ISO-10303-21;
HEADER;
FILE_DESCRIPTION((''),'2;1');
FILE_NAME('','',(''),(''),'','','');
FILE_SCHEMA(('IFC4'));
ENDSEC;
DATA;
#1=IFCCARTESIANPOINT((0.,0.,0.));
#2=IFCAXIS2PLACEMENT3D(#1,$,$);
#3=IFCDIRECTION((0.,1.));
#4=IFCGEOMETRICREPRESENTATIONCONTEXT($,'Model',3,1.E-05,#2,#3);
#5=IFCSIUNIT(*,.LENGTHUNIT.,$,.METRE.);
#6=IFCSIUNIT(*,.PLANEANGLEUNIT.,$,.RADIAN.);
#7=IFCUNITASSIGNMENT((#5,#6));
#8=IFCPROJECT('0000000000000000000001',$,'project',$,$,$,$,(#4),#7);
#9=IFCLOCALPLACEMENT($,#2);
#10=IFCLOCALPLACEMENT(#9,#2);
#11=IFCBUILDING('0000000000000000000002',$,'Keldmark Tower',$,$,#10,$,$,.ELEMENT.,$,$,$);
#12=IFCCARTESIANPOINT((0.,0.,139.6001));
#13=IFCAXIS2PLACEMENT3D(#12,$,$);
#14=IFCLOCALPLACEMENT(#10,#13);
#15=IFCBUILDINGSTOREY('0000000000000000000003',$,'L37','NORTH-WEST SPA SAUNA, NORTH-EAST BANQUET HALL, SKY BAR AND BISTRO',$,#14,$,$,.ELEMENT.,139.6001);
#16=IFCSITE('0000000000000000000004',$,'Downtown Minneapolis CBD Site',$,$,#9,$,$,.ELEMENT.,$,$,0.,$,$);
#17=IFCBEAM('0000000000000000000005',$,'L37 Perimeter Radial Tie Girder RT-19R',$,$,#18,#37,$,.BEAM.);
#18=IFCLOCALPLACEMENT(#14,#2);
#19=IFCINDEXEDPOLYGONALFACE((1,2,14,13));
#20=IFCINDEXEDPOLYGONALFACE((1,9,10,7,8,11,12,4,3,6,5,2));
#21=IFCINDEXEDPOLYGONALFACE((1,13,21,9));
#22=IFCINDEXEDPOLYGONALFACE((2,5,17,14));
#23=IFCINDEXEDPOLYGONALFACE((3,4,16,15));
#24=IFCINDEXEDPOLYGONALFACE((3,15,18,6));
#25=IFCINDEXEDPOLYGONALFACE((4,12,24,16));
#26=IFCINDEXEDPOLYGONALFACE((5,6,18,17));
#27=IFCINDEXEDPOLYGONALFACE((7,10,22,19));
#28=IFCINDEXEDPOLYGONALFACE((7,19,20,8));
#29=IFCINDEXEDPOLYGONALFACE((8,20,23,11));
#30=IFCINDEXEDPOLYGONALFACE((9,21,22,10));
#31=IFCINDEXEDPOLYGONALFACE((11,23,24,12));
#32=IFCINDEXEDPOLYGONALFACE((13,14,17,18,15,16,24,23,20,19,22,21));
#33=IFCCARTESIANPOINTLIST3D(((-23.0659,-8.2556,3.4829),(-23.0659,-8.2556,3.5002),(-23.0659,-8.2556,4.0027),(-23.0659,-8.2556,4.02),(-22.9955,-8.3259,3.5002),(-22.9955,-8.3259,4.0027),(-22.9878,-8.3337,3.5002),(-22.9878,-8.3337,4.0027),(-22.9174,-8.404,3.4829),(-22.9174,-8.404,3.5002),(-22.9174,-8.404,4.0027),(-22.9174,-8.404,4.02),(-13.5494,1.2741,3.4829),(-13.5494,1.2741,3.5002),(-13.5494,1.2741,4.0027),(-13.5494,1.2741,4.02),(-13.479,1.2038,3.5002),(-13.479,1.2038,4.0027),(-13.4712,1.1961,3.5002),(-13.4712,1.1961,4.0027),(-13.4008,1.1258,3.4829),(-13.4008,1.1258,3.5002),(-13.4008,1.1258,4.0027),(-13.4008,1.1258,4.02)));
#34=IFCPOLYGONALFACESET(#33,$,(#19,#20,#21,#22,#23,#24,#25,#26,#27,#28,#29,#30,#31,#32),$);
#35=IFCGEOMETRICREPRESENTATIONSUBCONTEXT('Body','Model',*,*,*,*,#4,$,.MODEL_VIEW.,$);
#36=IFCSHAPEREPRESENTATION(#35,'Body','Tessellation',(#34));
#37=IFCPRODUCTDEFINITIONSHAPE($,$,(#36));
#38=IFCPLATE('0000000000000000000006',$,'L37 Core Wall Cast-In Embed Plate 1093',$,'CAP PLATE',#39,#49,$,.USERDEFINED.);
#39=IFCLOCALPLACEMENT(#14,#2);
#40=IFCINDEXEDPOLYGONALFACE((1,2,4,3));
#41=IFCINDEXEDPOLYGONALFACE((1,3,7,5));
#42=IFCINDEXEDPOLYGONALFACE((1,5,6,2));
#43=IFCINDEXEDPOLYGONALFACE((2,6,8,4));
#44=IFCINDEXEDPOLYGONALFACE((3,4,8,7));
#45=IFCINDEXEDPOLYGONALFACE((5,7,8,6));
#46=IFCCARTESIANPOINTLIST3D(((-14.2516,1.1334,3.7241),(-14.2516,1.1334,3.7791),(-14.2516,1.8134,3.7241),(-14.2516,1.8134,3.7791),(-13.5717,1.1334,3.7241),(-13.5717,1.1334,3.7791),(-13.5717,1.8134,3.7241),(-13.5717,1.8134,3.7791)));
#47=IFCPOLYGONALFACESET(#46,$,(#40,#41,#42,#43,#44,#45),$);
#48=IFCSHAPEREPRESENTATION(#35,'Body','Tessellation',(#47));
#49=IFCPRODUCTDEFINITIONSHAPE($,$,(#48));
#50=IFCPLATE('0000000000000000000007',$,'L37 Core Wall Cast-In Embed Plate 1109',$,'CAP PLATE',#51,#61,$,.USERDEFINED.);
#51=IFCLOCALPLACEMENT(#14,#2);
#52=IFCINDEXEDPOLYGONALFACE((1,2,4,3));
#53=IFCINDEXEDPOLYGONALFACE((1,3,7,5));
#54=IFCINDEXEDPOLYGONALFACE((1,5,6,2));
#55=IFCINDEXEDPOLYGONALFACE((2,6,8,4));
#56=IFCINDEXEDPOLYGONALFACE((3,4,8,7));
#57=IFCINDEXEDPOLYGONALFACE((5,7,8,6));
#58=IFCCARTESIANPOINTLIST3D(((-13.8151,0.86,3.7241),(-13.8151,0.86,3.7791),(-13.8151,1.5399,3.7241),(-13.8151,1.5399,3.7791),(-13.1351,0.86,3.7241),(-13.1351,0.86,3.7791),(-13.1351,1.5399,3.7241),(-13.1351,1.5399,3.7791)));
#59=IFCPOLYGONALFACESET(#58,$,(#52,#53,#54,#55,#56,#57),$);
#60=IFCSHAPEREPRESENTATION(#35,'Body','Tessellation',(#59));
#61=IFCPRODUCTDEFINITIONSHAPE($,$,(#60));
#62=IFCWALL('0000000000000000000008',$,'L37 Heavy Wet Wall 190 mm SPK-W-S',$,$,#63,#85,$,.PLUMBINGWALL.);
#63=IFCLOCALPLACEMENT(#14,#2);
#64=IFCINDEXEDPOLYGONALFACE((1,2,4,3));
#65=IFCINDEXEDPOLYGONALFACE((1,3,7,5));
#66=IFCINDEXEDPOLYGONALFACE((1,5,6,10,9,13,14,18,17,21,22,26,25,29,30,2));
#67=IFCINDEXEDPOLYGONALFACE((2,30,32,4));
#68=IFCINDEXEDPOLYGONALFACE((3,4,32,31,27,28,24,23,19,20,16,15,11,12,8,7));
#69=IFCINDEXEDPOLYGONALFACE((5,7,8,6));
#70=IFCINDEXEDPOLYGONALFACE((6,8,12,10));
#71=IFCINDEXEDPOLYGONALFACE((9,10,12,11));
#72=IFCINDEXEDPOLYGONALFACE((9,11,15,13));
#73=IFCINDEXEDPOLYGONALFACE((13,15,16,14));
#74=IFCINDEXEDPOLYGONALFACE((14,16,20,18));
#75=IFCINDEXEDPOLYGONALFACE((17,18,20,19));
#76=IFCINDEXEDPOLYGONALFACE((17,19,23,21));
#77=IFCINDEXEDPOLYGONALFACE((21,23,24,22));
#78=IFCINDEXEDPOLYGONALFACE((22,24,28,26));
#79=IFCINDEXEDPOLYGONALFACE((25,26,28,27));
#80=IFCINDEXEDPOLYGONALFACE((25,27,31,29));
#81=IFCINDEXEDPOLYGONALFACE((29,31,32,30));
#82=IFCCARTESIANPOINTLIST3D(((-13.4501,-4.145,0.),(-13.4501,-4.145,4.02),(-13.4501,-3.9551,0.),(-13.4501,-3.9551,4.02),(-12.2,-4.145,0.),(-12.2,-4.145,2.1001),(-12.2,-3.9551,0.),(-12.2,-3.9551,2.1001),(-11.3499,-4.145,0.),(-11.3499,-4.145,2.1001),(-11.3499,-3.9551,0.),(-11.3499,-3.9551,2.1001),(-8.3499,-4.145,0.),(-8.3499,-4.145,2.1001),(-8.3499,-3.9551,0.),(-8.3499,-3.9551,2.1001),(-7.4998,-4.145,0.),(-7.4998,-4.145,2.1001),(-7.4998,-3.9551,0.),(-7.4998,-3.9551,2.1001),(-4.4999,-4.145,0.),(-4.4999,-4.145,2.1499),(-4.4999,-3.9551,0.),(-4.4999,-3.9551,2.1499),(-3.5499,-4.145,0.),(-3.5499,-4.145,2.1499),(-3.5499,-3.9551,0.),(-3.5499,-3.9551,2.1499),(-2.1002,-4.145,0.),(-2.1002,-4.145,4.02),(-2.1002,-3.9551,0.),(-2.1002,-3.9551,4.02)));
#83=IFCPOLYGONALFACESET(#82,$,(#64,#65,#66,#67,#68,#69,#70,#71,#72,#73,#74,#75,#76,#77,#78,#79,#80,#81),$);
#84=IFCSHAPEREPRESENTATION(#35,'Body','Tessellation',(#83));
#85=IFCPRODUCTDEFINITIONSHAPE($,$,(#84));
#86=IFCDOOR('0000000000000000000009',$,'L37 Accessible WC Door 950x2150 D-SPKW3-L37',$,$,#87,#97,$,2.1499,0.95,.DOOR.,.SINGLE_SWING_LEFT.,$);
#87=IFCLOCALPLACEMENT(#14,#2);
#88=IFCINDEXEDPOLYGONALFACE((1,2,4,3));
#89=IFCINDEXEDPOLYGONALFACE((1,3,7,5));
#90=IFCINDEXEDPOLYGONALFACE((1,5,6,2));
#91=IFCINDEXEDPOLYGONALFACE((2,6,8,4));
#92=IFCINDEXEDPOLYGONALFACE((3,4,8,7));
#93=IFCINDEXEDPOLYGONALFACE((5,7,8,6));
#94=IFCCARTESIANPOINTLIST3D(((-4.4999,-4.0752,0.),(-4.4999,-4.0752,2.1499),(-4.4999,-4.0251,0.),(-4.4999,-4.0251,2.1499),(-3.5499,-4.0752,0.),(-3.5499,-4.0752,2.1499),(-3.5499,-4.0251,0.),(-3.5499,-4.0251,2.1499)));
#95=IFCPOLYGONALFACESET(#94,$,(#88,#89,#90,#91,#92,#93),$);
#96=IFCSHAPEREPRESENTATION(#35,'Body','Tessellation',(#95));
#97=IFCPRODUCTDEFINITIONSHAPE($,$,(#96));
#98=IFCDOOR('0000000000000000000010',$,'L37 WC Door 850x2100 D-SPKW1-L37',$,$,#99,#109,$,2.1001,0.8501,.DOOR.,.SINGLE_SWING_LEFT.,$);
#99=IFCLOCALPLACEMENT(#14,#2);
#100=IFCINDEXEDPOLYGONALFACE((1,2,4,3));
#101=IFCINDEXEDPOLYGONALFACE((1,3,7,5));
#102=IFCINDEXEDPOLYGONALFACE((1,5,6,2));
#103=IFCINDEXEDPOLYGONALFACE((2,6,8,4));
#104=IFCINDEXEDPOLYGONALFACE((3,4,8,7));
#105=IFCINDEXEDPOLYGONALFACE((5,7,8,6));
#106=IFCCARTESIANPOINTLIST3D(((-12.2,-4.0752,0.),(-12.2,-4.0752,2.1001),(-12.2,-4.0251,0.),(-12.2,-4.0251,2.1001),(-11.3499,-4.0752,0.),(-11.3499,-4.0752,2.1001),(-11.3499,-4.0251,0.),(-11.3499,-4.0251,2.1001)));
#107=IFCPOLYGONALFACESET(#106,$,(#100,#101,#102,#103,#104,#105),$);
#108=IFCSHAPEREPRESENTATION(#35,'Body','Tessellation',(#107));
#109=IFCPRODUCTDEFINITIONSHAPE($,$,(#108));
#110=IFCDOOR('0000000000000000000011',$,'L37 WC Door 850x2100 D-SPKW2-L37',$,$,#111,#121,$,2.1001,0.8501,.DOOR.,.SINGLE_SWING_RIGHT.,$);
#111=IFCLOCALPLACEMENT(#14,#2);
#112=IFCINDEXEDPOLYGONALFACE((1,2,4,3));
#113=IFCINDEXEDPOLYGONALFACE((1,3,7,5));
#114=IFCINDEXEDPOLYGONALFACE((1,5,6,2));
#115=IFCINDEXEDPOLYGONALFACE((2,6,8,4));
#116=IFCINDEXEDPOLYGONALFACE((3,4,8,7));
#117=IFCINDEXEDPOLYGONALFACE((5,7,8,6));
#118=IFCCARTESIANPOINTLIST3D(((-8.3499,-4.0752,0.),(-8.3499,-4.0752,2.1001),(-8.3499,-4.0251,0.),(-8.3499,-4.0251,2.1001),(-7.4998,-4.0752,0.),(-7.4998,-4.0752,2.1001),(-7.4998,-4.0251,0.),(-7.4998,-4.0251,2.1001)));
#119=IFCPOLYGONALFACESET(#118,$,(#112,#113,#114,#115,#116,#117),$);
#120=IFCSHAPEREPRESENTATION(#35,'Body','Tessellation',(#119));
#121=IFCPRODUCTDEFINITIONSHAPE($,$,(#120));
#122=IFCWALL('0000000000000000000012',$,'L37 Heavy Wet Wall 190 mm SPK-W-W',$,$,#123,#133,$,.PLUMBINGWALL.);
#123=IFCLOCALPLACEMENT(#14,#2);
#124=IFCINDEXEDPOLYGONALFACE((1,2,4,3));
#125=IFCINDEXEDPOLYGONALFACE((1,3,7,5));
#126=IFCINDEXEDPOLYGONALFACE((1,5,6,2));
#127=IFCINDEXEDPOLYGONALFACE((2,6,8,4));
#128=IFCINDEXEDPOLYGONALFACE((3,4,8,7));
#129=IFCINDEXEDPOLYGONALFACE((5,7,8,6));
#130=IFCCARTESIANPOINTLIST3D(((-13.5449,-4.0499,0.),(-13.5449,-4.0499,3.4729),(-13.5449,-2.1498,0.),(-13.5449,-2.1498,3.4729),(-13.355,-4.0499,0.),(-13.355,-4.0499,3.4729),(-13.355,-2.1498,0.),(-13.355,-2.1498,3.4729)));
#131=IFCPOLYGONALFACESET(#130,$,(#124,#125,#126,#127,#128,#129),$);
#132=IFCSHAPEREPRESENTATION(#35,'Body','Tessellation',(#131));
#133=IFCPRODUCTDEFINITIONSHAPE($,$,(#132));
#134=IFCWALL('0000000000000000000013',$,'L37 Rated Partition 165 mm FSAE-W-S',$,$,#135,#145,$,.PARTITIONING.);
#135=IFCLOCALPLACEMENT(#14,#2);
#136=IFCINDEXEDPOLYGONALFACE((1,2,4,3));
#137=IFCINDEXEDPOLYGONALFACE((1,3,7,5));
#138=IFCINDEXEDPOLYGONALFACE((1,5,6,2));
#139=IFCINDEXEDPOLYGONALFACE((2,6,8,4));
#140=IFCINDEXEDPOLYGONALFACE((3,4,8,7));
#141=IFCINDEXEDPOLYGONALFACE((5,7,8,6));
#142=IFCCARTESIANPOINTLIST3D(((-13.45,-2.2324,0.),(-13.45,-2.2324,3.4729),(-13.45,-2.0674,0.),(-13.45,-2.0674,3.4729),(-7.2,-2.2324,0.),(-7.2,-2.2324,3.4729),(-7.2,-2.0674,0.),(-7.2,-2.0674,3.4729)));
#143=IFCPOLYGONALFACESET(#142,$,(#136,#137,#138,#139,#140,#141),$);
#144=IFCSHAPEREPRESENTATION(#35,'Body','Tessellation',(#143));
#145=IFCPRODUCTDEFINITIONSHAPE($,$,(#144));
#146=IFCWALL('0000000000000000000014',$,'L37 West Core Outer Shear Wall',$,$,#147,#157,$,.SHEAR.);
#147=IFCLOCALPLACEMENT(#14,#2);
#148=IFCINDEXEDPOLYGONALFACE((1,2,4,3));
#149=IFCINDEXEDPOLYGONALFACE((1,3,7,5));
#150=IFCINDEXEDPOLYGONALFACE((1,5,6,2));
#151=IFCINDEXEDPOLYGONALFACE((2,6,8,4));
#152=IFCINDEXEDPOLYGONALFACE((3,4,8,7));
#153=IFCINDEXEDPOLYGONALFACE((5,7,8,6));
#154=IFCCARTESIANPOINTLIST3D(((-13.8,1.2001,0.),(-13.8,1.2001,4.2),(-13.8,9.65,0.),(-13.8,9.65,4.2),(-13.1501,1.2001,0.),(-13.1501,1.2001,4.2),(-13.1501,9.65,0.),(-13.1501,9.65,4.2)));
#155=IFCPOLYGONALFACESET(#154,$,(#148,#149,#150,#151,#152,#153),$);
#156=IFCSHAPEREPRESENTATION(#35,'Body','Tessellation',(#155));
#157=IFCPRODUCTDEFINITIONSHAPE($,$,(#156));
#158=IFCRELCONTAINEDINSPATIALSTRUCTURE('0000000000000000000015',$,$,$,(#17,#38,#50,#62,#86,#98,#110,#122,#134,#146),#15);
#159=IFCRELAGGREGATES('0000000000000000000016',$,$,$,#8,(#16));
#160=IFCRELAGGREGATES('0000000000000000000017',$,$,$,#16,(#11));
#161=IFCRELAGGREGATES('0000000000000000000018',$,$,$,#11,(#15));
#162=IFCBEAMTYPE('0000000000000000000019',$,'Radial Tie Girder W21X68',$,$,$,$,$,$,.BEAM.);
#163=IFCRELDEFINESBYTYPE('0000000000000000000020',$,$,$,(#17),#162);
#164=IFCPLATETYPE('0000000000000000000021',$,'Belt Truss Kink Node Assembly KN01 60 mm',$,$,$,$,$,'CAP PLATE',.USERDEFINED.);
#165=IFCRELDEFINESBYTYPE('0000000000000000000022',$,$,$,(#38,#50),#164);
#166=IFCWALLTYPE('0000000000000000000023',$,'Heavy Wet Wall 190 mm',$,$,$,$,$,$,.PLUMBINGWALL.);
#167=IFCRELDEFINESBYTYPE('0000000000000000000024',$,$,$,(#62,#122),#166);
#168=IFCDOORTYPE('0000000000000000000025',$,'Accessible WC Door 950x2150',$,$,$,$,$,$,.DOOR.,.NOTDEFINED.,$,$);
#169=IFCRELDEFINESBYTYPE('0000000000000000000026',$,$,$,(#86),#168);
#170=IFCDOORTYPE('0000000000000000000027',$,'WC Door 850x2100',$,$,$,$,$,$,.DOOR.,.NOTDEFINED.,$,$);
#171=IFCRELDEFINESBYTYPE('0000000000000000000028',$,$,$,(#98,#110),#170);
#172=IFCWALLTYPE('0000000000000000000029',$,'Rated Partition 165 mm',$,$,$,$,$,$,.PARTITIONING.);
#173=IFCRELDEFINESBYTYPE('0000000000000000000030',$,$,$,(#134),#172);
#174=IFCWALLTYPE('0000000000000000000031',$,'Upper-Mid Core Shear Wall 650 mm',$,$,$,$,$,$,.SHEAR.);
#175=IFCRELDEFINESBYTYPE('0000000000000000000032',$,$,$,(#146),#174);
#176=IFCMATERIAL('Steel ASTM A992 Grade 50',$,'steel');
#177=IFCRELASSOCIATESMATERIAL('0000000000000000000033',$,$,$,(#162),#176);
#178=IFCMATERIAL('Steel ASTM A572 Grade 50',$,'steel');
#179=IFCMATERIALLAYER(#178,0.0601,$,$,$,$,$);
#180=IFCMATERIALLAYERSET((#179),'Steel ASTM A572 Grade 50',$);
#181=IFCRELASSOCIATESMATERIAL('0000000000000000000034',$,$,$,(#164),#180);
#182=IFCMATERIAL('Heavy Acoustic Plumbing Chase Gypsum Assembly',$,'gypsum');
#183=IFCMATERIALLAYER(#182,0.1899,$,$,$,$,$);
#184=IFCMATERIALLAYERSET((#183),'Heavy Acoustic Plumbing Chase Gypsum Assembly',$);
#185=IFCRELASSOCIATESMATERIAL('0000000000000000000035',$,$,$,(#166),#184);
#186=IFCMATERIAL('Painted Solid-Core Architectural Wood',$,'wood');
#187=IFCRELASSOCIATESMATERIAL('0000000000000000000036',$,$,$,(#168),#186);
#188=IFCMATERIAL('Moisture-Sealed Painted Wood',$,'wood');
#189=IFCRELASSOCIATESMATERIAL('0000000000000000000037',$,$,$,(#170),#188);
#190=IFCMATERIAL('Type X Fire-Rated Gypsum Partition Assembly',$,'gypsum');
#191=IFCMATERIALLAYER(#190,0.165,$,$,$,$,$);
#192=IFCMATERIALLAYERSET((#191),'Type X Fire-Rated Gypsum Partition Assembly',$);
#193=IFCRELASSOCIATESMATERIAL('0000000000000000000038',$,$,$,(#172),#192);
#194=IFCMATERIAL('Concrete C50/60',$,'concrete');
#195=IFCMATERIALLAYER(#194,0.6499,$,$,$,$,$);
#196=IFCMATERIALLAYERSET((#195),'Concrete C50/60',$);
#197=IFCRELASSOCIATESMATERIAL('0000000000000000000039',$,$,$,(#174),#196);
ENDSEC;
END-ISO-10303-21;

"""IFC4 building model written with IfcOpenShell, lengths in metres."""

from ifc_helpers import new_model, si_unit, direction, frame, frame_2d, origin, origin_2d, place, context, subcontext, project, spatial, rectangle, i_section, extrude, material, layer, layer_set, material_profile, profile_set, type_object, element, fill, save


model = new_model("IFC4")

# Units and contexts
model_context = context("Model", 3, precision=1e-05, world=origin(), true_north=direction((0.0, 1.0)))
body_context = subcontext(model_context, "Body", "Model", "MODEL_VIEW")
ifc_project = project(units=[si_unit("LENGTHUNIT", "METRE"), si_unit("PLANEANGLEUNIT", "RADIAN")], contexts=[model_context])

# Site, building, storey
site_placement = place(None, origin())
site = spatial("IfcSite", under=ifc_project, at=site_placement, Name="Downtown Minneapolis CBD Site", CompositionType="ELEMENT", RefElevation=0.0)
building_placement = place(site_placement, origin())
building = spatial("IfcBuilding", under=site, at=building_placement, Name="Keldmark Tower", CompositionType="ELEMENT")
storey_placement = place(building_placement, frame((0.0, 0.0, 139.6001)))
storey = spatial("IfcBuildingStorey", under=building, at=storey_placement, Name="L37", Description="NORTH-WEST SPA SAUNA, NORTH-EAST BANQUET HALL, SKY BAR AND BISTRO", CompositionType="ELEMENT", Elevation=139.6001)

# Beam
ifc_material_1 = material(Name="Steel ASTM A992 Grade 50", Category="steel")
ifc_material_profile_1 = material_profile(ifc_material_1, i_section(OverallWidth=0.21, OverallDepth=0.5371, WebThickness=0.011, FlangeThickness=0.0173, at=origin_2d()), Name="W21X68")
ifc_profile_set_1 = profile_set([ifc_material_profile_1], Name="Steel ASTM A992 Grade 50")
beam_type = type_object("IfcBeamType", Name="Radial Tie Girder W21X68", PredefinedType="BEAM", material=ifc_profile_set_1)
beam_1_placement = place(storey_placement, frame((-13.4751, 1.2, 3.7515), z_axis=(-0.706617, -0.707596, 0.0), x_axis=(0.707596, -0.706617, 0.0)))
element("IfcBeam", 1, at=beam_1_placement, inside=storey, type_object=beam_type, Name="L37 Perimeter Radial Tie Girder RT-19R", PredefinedType="BEAM", context=body_context, shape_type="SweptSolid", body=[
    extrude(i_section(OverallWidth=0.21, OverallDepth=0.5371, WebThickness=0.011, FlangeThickness=0.0173, at=origin_2d()), origin(), (0.0, 0.0, 1.0), 13.4678),
])

# Plates
ifc_material_2 = material(Name="Steel ASTM A572 Grade 50", Category="steel")
ifc_layer_1 = layer(ifc_material_2, 0.0601)
ifc_layer_set_1 = layer_set([ifc_layer_1], Name="Steel ASTM A572 Grade 50")
plate_type = type_object("IfcPlateType", Name="Belt Truss Kink Node Assembly KN01 60 mm", ElementType="CAP PLATE", PredefinedType="USERDEFINED", material=ifc_layer_set_1)
for number, where, z_axis, x_axis, name in (
    (2, (-13.9116, 1.4734, 3.7241), (0.0, 0.0, 1.0), (1.0, 0.0, 0.0), "L37 Core Wall Cast-In Embed Plate 1093"),
    (3, (-13.4751, 1.2, 3.7241), (0.0, 0.0, 1.0), (1.0, 0.0, 0.0), "L37 Core Wall Cast-In Embed Plate 1109"),
):
    element("IfcPlate", number, at=place(storey_placement, frame(where, z_axis=z_axis, x_axis=x_axis)), inside=storey, type_object=plate_type, Name=name, ObjectType="CAP PLATE", PredefinedType="USERDEFINED", context=body_context, shape_type="SweptSolid", body=[
        extrude(rectangle(XDim=0.6799, YDim=0.6799, at=origin_2d()), origin(), (0.0, 0.0, 1.0), 0.0549),
    ])

# Wall, openings, doors
ifc_material_3 = material(Name="Heavy Acoustic Plumbing Chase Gypsum Assembly", Category="gypsum")
ifc_layer_2 = layer(ifc_material_3, 0.1899)
ifc_layer_set_2 = layer_set([ifc_layer_2], Name="Heavy Acoustic Plumbing Chase Gypsum Assembly")
wall_type_1 = type_object("IfcWallType", Name="Heavy Wet Wall 190 mm", PredefinedType="PLUMBINGWALL", material=ifc_layer_set_2)
wall_1_placement = place(storey_placement, frame((-13.45, -4.05, 0.0), z_axis=(0.0, 0.0, 1.0), x_axis=(1.0, 0.0, 0.0)))
wall_1 = element("IfcWall", 4, at=wall_1_placement, inside=storey, type_object=wall_type_1, Name="L37 Heavy Wet Wall 190 mm SPK-W-S", PredefinedType="PLUMBINGWALL", context=body_context, shape_type="SweptSolid", body=[
    extrude(rectangle(XDim=11.3499, YDim=0.1899, at=frame_2d((5.6748, 0.0))), origin(), (0.0, 0.0, 1.0), 4.02),
])
opening_1_placement = place(wall_1_placement, frame((1.25, 0.0, 0.0)))
opening_1 = element("IfcOpeningElement", 5, at=opening_1_placement, cuts=wall_1, PredefinedType="OPENING", context=body_context, shape_type="SweptSolid", body=[
    extrude(rectangle(XDim=0.8501, YDim=2.1001, at=frame_2d((0.425, 1.05))), frame((0.0, 0.105, 0.0), z_axis=(0.0, -1.0, 0.0), x_axis=(1.0, 0.0, 0.0)), (0.0, 0.0, 1.0), 0.21),
])
opening_2_placement = place(wall_1_placement, frame((5.1001, 0.0, 0.0)))
opening_2 = element("IfcOpeningElement", 6, at=opening_2_placement, cuts=wall_1, PredefinedType="OPENING", context=body_context, shape_type="SweptSolid", body=[
    extrude(rectangle(XDim=0.8501, YDim=2.1001, at=frame_2d((0.425, 1.05))), frame((0.0, 0.105, 0.0), z_axis=(0.0, -1.0, 0.0), x_axis=(1.0, 0.0, 0.0)), (0.0, 0.0, 1.0), 0.21),
])
opening_3_placement = place(wall_1_placement, frame((8.95, 0.0, 0.0)))
opening_3 = element("IfcOpeningElement", 7, at=opening_3_placement, cuts=wall_1, PredefinedType="OPENING", context=body_context, shape_type="SweptSolid", body=[
    extrude(rectangle(XDim=0.95, YDim=2.1499, at=frame_2d((0.4751, 1.075))), frame((0.0, 0.105, 0.0), z_axis=(0.0, -1.0, 0.0), x_axis=(1.0, 0.0, 0.0)), (0.0, 0.0, 1.0), 0.21),
])
ifc_material_4 = material(Name="Painted Solid-Core Architectural Wood", Category="wood")
door_type_1 = type_object("IfcDoorType", Name="Accessible WC Door 950x2150", OperationType="NOTDEFINED", PredefinedType="DOOR", material=ifc_material_4)
door_1_placement = place(opening_3_placement, origin())
door_1 = element("IfcDoor", 8, at=door_1_placement, inside=storey, type_object=door_type_1, Name="L37 Accessible WC Door 950x2150 D-SPKW3-L37", OperationType="SINGLE_SWING_LEFT", OverallHeight=2.1499, OverallWidth=0.95, PredefinedType="DOOR", context=body_context, shape_type="SweptSolid", body=[
    extrude(rectangle(XDim=0.95, YDim=2.1499, at=frame_2d((0.4751, 1.075))), frame((0.0, 0.0249, 0.0), z_axis=(0.0, -1.0, 0.0), x_axis=(1.0, 0.0, 0.0)), (0.0, 0.0, 1.0), 0.05),
])
fill(opening_3, door_1)
ifc_material_5 = material(Name="Moisture-Sealed Painted Wood", Category="wood")
door_type_2 = type_object("IfcDoorType", Name="WC Door 850x2100", OperationType="NOTDEFINED", PredefinedType="DOOR", material=ifc_material_5)
door_2_placement = place(opening_1_placement, origin())
door_2 = element("IfcDoor", 9, at=door_2_placement, inside=storey, type_object=door_type_2, Name="L37 WC Door 850x2100 D-SPKW1-L37", OperationType="SINGLE_SWING_LEFT", OverallHeight=2.1001, OverallWidth=0.8501, PredefinedType="DOOR", context=body_context, shape_type="SweptSolid", body=[
    extrude(rectangle(XDim=0.8501, YDim=2.1001, at=frame_2d((0.425, 1.05))), frame((0.0, 0.0249, 0.0), z_axis=(0.0, -1.0, 0.0), x_axis=(1.0, 0.0, 0.0)), (0.0, 0.0, 1.0), 0.05),
])
fill(opening_1, door_2)
door_3_placement = place(opening_2_placement, origin())
door_3 = element("IfcDoor", 10, at=door_3_placement, inside=storey, type_object=door_type_2, Name="L37 WC Door 850x2100 D-SPKW2-L37", OperationType="SINGLE_SWING_RIGHT", OverallHeight=2.1001, OverallWidth=0.8501, PredefinedType="DOOR", context=body_context, shape_type="SweptSolid", body=[
    extrude(rectangle(XDim=0.8501, YDim=2.1001, at=frame_2d((0.425, 1.05))), frame((0.0, 0.0249, 0.0), z_axis=(0.0, -1.0, 0.0), x_axis=(1.0, 0.0, 0.0)), (0.0, 0.0, 1.0), 0.05),
])
fill(opening_2, door_3)

# Walls
wall_2_placement = place(storey_placement, frame((-13.45, -4.05, 0.0), z_axis=(0.0, 0.0, 1.0), x_axis=(0.0, 1.0, 0.0)))
element("IfcWall", 11, at=wall_2_placement, inside=storey, type_object=wall_type_1, Name="L37 Heavy Wet Wall 190 mm SPK-W-W", PredefinedType="PLUMBINGWALL", context=body_context, shape_type="SweptSolid", body=[
    extrude(rectangle(XDim=1.9001, YDim=0.1899, at=frame_2d((0.9502, 0.0))), origin(), (0.0, 0.0, 1.0), 3.4729),
])
ifc_material_6 = material(Name="Type X Fire-Rated Gypsum Partition Assembly", Category="gypsum")
ifc_layer_3 = layer(ifc_material_6, 0.165)
ifc_layer_set_3 = layer_set([ifc_layer_3], Name="Type X Fire-Rated Gypsum Partition Assembly")
wall_type_2 = type_object("IfcWallType", Name="Rated Partition 165 mm", PredefinedType="PARTITIONING", material=ifc_layer_set_3)
wall_3_placement = place(storey_placement, frame((-13.45, -2.1499, 0.0), z_axis=(0.0, 0.0, 1.0), x_axis=(1.0, 0.0, 0.0)))
element("IfcWall", 12, at=wall_3_placement, inside=storey, type_object=wall_type_2, Name="L37 Rated Partition 165 mm FSAE-W-S", PredefinedType="PARTITIONING", context=body_context, shape_type="SweptSolid", body=[
    extrude(rectangle(XDim=6.25, YDim=0.165, at=frame_2d((3.125, 0.0))), origin(), (0.0, 0.0, 1.0), 3.4729),
])

# Wall
ifc_material_7 = material(Name="Concrete C50/60", Category="concrete")
ifc_layer_4 = layer(ifc_material_7, 0.6499)
ifc_layer_set_4 = layer_set([ifc_layer_4], Name="Concrete C50/60")
wall_type_3 = type_object("IfcWallType", Name="Upper-Mid Core Shear Wall 650 mm", PredefinedType="SHEAR", material=ifc_layer_set_4)
wall_4_placement = place(storey_placement, frame((-13.4751, 1.2, 0.0), z_axis=(0.0, 0.0, 1.0), x_axis=(0.0, 1.0, 0.0)))
element("IfcWall", 13, at=wall_4_placement, inside=storey, type_object=wall_type_3, Name="L37 West Core Outer Shear Wall", PredefinedType="SHEAR", context=body_context, shape_type="SweptSolid", body=[
    extrude(rectangle(XDim=8.45, YDim=0.6499, at=frame_2d((4.2251, 0.0))), origin(), (0.0, 0.0, 1.0), 4.2),
])

save(model, "model.ifc")
